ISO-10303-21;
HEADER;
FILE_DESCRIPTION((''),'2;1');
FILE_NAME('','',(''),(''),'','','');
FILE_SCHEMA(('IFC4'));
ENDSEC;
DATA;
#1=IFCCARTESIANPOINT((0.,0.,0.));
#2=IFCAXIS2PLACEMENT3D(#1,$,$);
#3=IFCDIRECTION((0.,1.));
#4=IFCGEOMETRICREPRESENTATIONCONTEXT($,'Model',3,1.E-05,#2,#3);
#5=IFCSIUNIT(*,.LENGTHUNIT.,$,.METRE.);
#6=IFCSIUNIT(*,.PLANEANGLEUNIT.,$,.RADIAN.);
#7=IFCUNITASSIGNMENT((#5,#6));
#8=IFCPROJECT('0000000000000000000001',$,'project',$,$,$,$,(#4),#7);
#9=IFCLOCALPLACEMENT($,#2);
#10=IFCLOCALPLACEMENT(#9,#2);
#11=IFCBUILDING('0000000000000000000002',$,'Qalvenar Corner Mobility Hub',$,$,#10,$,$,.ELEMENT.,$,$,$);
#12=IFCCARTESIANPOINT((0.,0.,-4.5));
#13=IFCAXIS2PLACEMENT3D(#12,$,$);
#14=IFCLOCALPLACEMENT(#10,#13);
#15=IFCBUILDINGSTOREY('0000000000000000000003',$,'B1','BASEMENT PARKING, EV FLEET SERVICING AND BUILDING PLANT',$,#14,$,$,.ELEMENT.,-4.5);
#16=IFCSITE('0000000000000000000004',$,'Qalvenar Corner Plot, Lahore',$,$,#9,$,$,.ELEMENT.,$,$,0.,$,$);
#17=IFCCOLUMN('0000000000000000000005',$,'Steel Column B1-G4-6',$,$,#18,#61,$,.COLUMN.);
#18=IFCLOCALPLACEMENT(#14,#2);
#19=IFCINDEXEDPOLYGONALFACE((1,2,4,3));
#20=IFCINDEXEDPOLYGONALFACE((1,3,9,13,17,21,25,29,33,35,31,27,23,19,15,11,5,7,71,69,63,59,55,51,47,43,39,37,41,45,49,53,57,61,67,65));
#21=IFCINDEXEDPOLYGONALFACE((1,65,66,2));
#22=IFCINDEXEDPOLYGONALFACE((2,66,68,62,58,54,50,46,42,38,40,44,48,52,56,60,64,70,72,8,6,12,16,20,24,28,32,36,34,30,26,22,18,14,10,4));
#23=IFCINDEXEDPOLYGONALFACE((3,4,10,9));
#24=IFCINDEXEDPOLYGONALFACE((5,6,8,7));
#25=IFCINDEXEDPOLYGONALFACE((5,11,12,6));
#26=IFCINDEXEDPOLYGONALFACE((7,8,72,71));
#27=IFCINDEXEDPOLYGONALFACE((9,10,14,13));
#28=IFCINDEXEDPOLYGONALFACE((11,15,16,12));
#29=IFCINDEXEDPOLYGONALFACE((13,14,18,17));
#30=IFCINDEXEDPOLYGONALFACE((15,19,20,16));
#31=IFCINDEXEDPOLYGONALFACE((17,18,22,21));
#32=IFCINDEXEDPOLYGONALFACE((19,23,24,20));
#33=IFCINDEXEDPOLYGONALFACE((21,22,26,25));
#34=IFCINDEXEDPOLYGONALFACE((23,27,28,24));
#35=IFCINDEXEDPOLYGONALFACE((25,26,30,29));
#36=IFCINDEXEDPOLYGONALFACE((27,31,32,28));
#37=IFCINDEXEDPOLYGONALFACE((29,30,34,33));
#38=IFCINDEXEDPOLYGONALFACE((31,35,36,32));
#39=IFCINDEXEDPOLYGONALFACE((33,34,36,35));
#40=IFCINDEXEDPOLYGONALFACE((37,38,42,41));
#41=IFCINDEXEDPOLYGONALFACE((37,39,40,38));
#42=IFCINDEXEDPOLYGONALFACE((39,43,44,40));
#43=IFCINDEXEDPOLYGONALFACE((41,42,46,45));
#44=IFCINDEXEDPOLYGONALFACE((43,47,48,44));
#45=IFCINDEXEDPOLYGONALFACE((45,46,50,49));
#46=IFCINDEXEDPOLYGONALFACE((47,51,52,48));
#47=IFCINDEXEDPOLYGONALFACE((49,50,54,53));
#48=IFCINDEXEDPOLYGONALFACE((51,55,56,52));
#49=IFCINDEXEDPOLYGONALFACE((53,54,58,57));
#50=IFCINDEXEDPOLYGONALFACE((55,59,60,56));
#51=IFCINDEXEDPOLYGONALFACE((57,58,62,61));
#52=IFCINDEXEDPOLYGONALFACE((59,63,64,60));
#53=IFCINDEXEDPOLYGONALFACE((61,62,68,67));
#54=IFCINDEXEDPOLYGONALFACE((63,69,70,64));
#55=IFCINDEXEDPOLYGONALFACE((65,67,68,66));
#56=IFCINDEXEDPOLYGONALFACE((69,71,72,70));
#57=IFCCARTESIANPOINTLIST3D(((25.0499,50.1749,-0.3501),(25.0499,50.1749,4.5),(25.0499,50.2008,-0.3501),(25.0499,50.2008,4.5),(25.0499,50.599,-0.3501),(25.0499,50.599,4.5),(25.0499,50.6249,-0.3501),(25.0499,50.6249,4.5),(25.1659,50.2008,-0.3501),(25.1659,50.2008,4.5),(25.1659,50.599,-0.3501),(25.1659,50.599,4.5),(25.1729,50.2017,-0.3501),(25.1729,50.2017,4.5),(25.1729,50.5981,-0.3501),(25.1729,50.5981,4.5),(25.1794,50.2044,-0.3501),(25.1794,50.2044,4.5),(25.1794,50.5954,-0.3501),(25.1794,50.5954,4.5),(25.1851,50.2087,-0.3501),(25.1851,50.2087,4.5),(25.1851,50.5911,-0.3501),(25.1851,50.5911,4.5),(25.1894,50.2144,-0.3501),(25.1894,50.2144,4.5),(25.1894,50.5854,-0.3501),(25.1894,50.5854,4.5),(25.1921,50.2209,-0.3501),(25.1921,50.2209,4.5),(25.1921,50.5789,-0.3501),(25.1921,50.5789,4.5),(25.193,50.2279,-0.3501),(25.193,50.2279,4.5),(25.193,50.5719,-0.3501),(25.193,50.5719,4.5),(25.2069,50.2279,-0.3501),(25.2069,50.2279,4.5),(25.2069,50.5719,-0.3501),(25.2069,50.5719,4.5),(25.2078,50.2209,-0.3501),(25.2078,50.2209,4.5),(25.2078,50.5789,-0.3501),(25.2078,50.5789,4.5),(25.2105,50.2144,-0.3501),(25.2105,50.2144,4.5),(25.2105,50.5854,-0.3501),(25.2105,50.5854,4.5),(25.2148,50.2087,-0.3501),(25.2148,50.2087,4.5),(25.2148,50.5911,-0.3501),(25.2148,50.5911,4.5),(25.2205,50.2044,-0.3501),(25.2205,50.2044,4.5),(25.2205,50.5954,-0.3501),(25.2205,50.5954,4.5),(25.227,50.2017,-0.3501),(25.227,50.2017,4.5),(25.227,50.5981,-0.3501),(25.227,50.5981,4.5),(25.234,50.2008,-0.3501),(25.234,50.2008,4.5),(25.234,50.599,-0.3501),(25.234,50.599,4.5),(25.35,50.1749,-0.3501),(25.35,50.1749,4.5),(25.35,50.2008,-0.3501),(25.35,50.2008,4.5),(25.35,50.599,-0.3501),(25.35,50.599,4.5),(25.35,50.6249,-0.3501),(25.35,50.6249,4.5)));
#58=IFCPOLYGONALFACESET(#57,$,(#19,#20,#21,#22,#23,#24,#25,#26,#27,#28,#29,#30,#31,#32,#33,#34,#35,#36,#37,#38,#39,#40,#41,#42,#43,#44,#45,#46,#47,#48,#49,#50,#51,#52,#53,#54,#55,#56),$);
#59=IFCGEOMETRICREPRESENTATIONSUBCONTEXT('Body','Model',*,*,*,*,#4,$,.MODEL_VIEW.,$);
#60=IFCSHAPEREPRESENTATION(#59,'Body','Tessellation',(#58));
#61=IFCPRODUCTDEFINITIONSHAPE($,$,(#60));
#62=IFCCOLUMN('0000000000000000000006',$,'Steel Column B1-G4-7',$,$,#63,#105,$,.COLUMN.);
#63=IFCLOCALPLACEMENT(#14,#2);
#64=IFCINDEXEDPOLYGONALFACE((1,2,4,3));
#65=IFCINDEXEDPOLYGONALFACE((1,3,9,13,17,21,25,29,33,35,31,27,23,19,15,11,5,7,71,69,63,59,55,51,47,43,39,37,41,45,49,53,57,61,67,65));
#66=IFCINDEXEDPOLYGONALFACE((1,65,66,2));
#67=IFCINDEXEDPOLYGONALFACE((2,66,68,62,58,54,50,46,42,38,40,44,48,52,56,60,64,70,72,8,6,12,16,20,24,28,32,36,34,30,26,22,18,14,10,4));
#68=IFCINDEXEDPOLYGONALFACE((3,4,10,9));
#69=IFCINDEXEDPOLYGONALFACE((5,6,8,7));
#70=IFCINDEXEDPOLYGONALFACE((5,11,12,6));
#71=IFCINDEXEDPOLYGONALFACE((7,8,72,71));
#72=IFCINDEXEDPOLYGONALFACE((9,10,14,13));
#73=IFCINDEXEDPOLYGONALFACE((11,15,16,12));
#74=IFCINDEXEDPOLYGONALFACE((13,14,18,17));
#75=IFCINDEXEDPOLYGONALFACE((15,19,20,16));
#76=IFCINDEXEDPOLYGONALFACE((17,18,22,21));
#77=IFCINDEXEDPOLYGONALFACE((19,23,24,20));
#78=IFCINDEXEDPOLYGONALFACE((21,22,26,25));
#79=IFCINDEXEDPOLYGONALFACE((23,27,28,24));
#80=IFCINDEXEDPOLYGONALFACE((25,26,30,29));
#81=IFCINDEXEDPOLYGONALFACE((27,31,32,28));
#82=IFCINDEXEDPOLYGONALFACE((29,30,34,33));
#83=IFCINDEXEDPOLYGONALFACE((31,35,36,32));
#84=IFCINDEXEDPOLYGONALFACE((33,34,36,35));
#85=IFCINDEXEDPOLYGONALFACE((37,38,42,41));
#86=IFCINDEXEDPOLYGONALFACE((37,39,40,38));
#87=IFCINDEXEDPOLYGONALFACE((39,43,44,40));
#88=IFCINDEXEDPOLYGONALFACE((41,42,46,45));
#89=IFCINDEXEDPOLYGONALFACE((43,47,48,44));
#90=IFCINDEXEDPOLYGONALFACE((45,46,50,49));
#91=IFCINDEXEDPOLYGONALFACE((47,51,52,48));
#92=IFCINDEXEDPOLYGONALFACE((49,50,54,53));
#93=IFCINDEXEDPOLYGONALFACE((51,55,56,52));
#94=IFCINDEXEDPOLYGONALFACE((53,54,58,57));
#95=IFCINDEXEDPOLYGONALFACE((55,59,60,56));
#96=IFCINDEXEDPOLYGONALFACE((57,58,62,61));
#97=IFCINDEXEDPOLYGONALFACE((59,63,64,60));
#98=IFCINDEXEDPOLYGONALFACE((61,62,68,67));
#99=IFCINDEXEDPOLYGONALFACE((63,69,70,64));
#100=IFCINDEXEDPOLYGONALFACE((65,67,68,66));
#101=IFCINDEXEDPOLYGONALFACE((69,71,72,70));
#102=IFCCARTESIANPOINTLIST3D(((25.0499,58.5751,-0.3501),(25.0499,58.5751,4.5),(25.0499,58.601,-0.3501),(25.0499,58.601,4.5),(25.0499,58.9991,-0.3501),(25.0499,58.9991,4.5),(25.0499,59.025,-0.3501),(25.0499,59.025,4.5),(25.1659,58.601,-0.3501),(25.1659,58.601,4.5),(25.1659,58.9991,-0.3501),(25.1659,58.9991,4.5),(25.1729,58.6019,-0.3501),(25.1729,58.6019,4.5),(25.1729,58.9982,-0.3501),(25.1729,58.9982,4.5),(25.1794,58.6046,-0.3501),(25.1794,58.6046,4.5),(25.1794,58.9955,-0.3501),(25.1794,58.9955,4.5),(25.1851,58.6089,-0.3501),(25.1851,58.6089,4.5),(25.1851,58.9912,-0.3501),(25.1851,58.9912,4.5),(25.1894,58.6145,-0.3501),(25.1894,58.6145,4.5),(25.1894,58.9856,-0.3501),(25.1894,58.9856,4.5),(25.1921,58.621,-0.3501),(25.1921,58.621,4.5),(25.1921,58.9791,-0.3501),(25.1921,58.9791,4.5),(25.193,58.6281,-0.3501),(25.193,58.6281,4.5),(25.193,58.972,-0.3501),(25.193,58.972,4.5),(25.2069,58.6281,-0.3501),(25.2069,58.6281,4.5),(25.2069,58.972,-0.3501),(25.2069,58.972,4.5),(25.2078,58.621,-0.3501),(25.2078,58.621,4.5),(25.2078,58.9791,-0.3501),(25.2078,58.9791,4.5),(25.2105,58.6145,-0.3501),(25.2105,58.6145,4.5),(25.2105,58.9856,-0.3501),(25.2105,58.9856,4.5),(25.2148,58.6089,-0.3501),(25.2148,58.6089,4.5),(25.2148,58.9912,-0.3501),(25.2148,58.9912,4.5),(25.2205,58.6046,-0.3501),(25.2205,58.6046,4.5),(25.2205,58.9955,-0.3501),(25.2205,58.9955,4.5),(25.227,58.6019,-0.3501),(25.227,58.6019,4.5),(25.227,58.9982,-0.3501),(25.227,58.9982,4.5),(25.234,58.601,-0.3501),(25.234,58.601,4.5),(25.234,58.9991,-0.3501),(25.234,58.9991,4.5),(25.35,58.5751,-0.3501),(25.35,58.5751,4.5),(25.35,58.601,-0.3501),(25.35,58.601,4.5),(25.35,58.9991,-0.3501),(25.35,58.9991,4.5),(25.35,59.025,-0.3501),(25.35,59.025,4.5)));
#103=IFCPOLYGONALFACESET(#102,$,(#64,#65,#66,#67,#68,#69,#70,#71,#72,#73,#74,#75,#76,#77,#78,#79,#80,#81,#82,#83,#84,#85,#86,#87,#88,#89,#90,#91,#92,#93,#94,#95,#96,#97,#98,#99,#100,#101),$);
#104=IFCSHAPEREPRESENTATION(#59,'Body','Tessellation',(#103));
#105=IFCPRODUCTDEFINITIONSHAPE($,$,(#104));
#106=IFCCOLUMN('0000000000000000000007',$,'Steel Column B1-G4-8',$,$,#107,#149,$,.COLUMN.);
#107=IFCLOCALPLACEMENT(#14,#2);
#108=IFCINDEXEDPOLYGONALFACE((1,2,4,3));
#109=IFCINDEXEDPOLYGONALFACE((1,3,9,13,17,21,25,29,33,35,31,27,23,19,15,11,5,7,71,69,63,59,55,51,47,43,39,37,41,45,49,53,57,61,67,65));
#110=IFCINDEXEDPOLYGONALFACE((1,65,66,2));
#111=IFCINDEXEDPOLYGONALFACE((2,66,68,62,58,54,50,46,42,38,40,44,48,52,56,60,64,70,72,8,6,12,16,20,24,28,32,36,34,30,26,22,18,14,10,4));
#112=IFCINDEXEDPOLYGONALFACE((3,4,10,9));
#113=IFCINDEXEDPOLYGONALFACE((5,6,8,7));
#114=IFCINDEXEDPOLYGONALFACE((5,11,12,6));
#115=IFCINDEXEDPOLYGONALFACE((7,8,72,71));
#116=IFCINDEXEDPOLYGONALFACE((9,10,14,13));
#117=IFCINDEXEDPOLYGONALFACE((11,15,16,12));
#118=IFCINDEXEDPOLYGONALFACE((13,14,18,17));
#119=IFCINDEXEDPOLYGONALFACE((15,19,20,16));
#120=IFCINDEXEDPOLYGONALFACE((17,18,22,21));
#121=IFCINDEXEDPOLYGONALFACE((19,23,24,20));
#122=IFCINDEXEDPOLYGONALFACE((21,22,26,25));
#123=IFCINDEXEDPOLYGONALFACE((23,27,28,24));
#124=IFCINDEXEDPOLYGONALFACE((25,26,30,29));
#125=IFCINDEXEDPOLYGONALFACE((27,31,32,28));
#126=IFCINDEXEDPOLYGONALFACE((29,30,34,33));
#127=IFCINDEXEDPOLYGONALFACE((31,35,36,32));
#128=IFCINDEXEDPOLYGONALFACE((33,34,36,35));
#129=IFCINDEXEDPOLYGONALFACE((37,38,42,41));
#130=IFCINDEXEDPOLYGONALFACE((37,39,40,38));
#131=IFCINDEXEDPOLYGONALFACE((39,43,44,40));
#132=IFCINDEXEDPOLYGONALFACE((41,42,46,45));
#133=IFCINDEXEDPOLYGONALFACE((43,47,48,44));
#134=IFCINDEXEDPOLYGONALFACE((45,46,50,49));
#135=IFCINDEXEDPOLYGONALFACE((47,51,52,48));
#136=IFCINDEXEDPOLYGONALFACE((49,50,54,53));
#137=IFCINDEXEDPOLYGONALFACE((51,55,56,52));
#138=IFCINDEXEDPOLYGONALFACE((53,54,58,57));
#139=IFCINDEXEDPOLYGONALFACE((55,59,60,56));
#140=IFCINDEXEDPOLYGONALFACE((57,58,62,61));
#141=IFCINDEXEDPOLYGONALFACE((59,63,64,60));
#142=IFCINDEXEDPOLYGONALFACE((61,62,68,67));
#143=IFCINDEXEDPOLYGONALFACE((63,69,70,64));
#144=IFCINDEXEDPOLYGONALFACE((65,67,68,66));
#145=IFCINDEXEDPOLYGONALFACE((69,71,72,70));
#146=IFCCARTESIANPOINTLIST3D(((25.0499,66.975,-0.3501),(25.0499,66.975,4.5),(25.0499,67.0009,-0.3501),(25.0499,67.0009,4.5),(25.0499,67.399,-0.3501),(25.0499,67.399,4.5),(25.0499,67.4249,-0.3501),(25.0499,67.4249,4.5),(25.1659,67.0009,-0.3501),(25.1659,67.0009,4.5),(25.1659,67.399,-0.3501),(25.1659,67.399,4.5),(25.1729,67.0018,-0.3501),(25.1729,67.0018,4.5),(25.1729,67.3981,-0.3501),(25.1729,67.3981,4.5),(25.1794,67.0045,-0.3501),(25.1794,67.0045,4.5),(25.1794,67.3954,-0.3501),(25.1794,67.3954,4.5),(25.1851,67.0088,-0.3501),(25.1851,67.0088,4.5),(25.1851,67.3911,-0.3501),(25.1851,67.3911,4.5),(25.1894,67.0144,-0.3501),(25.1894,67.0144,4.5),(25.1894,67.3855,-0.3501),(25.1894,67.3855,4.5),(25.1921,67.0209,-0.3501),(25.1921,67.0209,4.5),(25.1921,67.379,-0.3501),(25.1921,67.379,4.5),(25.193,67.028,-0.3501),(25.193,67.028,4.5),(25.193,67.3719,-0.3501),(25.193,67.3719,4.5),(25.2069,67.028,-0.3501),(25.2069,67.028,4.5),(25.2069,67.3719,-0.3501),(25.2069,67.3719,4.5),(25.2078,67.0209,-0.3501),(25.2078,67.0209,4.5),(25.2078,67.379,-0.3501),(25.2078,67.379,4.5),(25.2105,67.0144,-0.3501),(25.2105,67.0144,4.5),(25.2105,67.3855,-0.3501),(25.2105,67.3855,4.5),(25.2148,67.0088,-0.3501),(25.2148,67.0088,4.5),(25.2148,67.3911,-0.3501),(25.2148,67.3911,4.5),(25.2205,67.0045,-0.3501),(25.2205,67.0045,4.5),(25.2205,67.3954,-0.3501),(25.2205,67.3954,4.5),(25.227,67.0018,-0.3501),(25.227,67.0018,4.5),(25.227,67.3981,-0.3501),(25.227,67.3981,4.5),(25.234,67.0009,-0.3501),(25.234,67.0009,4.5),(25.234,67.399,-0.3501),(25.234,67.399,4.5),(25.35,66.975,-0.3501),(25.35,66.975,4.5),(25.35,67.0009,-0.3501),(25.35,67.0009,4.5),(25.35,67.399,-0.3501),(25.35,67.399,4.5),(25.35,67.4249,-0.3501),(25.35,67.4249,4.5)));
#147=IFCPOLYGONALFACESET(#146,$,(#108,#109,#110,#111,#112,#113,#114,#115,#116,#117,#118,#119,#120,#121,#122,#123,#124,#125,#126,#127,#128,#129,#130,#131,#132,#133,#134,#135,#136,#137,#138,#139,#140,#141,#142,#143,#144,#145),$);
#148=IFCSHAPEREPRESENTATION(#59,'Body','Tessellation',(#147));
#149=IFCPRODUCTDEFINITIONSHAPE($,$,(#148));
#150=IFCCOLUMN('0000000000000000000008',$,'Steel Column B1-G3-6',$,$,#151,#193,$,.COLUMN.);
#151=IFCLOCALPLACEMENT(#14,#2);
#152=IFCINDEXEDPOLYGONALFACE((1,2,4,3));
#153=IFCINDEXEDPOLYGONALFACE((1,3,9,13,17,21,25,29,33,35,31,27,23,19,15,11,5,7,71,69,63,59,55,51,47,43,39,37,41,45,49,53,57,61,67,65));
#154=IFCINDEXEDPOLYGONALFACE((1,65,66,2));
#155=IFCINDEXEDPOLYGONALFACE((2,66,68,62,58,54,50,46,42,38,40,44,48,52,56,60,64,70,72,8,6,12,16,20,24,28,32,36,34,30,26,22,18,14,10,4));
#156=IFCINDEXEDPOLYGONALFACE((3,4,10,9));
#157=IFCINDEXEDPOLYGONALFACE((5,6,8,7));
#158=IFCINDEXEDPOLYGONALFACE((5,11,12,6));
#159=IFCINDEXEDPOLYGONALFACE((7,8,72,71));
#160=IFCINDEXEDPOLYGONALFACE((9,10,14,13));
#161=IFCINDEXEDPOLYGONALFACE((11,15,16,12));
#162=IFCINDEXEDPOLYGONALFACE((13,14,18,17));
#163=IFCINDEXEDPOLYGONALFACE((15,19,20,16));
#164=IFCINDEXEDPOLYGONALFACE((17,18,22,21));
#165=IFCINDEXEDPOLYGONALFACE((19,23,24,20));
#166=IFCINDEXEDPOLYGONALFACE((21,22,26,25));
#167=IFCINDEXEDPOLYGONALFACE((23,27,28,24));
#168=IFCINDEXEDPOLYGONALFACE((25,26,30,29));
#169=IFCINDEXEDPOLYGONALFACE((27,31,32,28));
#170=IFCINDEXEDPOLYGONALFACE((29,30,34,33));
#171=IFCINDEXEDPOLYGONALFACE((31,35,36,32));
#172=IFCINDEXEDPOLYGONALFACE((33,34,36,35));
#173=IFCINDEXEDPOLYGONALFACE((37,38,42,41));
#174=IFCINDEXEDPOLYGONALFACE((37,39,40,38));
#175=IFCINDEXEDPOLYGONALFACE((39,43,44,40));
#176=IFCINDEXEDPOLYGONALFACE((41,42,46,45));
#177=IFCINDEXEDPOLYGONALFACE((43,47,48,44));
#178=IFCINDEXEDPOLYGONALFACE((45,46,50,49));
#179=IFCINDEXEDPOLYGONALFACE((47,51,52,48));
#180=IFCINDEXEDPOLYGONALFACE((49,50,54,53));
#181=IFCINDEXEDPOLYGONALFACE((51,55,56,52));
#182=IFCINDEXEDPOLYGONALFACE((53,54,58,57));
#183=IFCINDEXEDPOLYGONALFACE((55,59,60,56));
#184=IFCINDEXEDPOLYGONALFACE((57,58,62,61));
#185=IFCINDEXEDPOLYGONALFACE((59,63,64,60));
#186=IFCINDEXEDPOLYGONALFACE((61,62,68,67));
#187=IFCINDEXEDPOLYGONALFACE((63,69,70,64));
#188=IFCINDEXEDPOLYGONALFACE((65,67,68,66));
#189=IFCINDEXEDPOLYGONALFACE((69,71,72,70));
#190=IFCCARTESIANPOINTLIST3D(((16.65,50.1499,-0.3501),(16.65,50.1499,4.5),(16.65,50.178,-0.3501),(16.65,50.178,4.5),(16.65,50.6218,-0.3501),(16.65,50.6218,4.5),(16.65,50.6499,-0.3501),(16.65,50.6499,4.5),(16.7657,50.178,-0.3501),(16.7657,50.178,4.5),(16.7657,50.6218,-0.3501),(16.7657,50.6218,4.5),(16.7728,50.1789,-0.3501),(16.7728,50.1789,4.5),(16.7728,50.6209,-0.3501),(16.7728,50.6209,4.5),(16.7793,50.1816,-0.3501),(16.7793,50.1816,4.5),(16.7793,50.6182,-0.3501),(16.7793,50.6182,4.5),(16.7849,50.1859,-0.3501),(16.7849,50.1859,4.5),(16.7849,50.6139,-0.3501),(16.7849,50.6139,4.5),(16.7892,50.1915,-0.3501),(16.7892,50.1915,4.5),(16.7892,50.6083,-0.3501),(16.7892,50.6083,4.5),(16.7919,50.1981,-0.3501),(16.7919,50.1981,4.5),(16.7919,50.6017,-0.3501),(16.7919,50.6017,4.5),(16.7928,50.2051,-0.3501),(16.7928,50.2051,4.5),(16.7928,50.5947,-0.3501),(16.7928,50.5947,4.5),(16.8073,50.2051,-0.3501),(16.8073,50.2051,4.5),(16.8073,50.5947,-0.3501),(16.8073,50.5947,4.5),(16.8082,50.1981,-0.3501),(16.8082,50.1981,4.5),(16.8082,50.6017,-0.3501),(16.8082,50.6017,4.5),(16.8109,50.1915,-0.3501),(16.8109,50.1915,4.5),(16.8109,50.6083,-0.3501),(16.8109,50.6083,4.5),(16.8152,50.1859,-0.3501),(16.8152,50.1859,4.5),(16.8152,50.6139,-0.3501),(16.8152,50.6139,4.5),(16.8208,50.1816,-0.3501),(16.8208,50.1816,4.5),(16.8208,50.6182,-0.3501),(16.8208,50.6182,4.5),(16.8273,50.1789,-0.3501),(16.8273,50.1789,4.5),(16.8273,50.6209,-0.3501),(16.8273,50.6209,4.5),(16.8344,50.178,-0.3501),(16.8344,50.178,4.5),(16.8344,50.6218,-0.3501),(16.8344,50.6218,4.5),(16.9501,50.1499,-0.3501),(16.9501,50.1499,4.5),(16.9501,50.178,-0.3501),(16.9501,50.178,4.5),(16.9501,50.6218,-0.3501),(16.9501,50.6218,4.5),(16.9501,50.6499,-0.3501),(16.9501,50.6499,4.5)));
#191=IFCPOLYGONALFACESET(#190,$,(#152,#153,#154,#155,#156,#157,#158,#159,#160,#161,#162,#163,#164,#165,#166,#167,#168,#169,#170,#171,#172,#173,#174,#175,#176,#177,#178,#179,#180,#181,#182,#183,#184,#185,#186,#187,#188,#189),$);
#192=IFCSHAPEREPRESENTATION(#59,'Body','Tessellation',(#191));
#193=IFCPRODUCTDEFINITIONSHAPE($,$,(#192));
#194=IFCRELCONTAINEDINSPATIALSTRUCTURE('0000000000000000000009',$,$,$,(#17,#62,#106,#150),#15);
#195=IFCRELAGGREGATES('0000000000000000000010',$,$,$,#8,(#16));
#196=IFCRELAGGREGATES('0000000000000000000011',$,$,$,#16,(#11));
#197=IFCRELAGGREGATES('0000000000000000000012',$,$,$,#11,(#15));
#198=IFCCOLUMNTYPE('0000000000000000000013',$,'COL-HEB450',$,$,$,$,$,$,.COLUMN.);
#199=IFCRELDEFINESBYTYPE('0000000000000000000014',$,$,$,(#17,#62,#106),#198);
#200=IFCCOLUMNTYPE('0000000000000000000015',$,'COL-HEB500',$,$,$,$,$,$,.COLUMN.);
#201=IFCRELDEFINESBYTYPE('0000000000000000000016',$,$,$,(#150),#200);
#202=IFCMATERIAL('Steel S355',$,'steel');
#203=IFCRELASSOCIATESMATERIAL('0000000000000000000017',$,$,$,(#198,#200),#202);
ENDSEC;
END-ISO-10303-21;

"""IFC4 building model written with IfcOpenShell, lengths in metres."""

from ifc_helpers import new_model, si_unit, direction, frame, origin, origin_2d, place, context, subcontext, project, spatial, i_section, extrude, material, material_profile, profile_set, type_object, element, save


model = new_model("IFC4")

# Units and contexts
model_context = context("Model", 3, precision=1e-05, world=origin(), true_north=direction((0.0, 1.0)))
body_context = subcontext(model_context, "Body", "Model", "MODEL_VIEW")
ifc_project = project(units=[si_unit("LENGTHUNIT", "METRE"), si_unit("PLANEANGLEUNIT", "RADIAN")], contexts=[model_context])

# Site, building, storey
site_placement = place(None, origin())
site = spatial("IfcSite", under=ifc_project, at=site_placement, Name="Qalvenar Corner Plot, Lahore", CompositionType="ELEMENT", RefElevation=0.0)
building_placement = place(site_placement, origin())
building = spatial("IfcBuilding", under=site, at=building_placement, Name="Qalvenar Corner Mobility Hub", CompositionType="ELEMENT")
storey_placement = place(building_placement, frame((0.0, 0.0, -4.5)))
storey = spatial("IfcBuildingStorey", under=building, at=storey_placement, Name="B1", Description="BASEMENT PARKING, EV FLEET SERVICING AND BUILDING PLANT", CompositionType="ELEMENT", Elevation=-4.5)

# Columns
ifc_material_1 = material(Name="Steel S355", Category="steel")
ifc_material_profile_1 = material_profile(ifc_material_1, i_section(OverallWidth=0.3, OverallDepth=0.45, WebThickness=0.0139, FlangeThickness=0.0259, FilletRadius=0.0271, at=origin_2d()), Name="HEB450")
ifc_profile_set_1 = profile_set([ifc_material_profile_1], Name="Steel S355")
column_type_1 = type_object("IfcColumnType", Name="COL-HEB450", PredefinedType="COLUMN", material=ifc_profile_set_1)
for number, where, z_axis, x_axis, name in (
    (1, (25.2, 50.3999, -0.3501), (0.0, 0.0, 1.0), (1.0, 0.0, 0.0), "Steel Column B1-G4-6"),
    (2, (25.2, 58.8, -0.3501), (0.0, 0.0, 1.0), (1.0, 0.0, 0.0), "Steel Column B1-G4-7"),
    (3, (25.2, 67.2, -0.3501), (0.0, 0.0, 1.0), (1.0, 0.0, 0.0), "Steel Column B1-G4-8"),
):
    element("IfcColumn", number, at=place(storey_placement, frame(where, z_axis=z_axis, x_axis=x_axis)), inside=storey, type_object=column_type_1, Name=name, PredefinedType="COLUMN", context=body_context, shape_type="SweptSolid", body=[
        extrude(i_section(OverallWidth=0.3, OverallDepth=0.45, WebThickness=0.0139, FlangeThickness=0.0259, FilletRadius=0.0271, at=origin_2d()), origin(), (0.0, 0.0, 1.0), 4.8501),
    ])
ifc_material_profile_2 = material_profile(ifc_material_1, i_section(OverallWidth=0.3, OverallDepth=0.5, WebThickness=0.0144, FlangeThickness=0.0281, FilletRadius=0.0271, at=origin_2d()), Name="HEB500")
ifc_profile_set_2 = profile_set([ifc_material_profile_2], Name="Steel S355")
column_type_2 = type_object("IfcColumnType", Name="COL-HEB500", PredefinedType="COLUMN", material=ifc_profile_set_2)
column_placement = place(storey_placement, frame((16.8, 50.3999, -0.3501), z_axis=(0.0, 0.0, 1.0), x_axis=(1.0, 0.0, 0.0)))
element("IfcColumn", 4, at=column_placement, inside=storey, type_object=column_type_2, Name="Steel Column B1-G3-6", PredefinedType="COLUMN", context=body_context, shape_type="SweptSolid", body=[
    extrude(i_section(OverallWidth=0.3, OverallDepth=0.5, WebThickness=0.0144, FlangeThickness=0.0281, FilletRadius=0.0271, at=origin_2d()), origin(), (0.0, 0.0, 1.0), 4.8501),
])

save(model, "model.ifc")
